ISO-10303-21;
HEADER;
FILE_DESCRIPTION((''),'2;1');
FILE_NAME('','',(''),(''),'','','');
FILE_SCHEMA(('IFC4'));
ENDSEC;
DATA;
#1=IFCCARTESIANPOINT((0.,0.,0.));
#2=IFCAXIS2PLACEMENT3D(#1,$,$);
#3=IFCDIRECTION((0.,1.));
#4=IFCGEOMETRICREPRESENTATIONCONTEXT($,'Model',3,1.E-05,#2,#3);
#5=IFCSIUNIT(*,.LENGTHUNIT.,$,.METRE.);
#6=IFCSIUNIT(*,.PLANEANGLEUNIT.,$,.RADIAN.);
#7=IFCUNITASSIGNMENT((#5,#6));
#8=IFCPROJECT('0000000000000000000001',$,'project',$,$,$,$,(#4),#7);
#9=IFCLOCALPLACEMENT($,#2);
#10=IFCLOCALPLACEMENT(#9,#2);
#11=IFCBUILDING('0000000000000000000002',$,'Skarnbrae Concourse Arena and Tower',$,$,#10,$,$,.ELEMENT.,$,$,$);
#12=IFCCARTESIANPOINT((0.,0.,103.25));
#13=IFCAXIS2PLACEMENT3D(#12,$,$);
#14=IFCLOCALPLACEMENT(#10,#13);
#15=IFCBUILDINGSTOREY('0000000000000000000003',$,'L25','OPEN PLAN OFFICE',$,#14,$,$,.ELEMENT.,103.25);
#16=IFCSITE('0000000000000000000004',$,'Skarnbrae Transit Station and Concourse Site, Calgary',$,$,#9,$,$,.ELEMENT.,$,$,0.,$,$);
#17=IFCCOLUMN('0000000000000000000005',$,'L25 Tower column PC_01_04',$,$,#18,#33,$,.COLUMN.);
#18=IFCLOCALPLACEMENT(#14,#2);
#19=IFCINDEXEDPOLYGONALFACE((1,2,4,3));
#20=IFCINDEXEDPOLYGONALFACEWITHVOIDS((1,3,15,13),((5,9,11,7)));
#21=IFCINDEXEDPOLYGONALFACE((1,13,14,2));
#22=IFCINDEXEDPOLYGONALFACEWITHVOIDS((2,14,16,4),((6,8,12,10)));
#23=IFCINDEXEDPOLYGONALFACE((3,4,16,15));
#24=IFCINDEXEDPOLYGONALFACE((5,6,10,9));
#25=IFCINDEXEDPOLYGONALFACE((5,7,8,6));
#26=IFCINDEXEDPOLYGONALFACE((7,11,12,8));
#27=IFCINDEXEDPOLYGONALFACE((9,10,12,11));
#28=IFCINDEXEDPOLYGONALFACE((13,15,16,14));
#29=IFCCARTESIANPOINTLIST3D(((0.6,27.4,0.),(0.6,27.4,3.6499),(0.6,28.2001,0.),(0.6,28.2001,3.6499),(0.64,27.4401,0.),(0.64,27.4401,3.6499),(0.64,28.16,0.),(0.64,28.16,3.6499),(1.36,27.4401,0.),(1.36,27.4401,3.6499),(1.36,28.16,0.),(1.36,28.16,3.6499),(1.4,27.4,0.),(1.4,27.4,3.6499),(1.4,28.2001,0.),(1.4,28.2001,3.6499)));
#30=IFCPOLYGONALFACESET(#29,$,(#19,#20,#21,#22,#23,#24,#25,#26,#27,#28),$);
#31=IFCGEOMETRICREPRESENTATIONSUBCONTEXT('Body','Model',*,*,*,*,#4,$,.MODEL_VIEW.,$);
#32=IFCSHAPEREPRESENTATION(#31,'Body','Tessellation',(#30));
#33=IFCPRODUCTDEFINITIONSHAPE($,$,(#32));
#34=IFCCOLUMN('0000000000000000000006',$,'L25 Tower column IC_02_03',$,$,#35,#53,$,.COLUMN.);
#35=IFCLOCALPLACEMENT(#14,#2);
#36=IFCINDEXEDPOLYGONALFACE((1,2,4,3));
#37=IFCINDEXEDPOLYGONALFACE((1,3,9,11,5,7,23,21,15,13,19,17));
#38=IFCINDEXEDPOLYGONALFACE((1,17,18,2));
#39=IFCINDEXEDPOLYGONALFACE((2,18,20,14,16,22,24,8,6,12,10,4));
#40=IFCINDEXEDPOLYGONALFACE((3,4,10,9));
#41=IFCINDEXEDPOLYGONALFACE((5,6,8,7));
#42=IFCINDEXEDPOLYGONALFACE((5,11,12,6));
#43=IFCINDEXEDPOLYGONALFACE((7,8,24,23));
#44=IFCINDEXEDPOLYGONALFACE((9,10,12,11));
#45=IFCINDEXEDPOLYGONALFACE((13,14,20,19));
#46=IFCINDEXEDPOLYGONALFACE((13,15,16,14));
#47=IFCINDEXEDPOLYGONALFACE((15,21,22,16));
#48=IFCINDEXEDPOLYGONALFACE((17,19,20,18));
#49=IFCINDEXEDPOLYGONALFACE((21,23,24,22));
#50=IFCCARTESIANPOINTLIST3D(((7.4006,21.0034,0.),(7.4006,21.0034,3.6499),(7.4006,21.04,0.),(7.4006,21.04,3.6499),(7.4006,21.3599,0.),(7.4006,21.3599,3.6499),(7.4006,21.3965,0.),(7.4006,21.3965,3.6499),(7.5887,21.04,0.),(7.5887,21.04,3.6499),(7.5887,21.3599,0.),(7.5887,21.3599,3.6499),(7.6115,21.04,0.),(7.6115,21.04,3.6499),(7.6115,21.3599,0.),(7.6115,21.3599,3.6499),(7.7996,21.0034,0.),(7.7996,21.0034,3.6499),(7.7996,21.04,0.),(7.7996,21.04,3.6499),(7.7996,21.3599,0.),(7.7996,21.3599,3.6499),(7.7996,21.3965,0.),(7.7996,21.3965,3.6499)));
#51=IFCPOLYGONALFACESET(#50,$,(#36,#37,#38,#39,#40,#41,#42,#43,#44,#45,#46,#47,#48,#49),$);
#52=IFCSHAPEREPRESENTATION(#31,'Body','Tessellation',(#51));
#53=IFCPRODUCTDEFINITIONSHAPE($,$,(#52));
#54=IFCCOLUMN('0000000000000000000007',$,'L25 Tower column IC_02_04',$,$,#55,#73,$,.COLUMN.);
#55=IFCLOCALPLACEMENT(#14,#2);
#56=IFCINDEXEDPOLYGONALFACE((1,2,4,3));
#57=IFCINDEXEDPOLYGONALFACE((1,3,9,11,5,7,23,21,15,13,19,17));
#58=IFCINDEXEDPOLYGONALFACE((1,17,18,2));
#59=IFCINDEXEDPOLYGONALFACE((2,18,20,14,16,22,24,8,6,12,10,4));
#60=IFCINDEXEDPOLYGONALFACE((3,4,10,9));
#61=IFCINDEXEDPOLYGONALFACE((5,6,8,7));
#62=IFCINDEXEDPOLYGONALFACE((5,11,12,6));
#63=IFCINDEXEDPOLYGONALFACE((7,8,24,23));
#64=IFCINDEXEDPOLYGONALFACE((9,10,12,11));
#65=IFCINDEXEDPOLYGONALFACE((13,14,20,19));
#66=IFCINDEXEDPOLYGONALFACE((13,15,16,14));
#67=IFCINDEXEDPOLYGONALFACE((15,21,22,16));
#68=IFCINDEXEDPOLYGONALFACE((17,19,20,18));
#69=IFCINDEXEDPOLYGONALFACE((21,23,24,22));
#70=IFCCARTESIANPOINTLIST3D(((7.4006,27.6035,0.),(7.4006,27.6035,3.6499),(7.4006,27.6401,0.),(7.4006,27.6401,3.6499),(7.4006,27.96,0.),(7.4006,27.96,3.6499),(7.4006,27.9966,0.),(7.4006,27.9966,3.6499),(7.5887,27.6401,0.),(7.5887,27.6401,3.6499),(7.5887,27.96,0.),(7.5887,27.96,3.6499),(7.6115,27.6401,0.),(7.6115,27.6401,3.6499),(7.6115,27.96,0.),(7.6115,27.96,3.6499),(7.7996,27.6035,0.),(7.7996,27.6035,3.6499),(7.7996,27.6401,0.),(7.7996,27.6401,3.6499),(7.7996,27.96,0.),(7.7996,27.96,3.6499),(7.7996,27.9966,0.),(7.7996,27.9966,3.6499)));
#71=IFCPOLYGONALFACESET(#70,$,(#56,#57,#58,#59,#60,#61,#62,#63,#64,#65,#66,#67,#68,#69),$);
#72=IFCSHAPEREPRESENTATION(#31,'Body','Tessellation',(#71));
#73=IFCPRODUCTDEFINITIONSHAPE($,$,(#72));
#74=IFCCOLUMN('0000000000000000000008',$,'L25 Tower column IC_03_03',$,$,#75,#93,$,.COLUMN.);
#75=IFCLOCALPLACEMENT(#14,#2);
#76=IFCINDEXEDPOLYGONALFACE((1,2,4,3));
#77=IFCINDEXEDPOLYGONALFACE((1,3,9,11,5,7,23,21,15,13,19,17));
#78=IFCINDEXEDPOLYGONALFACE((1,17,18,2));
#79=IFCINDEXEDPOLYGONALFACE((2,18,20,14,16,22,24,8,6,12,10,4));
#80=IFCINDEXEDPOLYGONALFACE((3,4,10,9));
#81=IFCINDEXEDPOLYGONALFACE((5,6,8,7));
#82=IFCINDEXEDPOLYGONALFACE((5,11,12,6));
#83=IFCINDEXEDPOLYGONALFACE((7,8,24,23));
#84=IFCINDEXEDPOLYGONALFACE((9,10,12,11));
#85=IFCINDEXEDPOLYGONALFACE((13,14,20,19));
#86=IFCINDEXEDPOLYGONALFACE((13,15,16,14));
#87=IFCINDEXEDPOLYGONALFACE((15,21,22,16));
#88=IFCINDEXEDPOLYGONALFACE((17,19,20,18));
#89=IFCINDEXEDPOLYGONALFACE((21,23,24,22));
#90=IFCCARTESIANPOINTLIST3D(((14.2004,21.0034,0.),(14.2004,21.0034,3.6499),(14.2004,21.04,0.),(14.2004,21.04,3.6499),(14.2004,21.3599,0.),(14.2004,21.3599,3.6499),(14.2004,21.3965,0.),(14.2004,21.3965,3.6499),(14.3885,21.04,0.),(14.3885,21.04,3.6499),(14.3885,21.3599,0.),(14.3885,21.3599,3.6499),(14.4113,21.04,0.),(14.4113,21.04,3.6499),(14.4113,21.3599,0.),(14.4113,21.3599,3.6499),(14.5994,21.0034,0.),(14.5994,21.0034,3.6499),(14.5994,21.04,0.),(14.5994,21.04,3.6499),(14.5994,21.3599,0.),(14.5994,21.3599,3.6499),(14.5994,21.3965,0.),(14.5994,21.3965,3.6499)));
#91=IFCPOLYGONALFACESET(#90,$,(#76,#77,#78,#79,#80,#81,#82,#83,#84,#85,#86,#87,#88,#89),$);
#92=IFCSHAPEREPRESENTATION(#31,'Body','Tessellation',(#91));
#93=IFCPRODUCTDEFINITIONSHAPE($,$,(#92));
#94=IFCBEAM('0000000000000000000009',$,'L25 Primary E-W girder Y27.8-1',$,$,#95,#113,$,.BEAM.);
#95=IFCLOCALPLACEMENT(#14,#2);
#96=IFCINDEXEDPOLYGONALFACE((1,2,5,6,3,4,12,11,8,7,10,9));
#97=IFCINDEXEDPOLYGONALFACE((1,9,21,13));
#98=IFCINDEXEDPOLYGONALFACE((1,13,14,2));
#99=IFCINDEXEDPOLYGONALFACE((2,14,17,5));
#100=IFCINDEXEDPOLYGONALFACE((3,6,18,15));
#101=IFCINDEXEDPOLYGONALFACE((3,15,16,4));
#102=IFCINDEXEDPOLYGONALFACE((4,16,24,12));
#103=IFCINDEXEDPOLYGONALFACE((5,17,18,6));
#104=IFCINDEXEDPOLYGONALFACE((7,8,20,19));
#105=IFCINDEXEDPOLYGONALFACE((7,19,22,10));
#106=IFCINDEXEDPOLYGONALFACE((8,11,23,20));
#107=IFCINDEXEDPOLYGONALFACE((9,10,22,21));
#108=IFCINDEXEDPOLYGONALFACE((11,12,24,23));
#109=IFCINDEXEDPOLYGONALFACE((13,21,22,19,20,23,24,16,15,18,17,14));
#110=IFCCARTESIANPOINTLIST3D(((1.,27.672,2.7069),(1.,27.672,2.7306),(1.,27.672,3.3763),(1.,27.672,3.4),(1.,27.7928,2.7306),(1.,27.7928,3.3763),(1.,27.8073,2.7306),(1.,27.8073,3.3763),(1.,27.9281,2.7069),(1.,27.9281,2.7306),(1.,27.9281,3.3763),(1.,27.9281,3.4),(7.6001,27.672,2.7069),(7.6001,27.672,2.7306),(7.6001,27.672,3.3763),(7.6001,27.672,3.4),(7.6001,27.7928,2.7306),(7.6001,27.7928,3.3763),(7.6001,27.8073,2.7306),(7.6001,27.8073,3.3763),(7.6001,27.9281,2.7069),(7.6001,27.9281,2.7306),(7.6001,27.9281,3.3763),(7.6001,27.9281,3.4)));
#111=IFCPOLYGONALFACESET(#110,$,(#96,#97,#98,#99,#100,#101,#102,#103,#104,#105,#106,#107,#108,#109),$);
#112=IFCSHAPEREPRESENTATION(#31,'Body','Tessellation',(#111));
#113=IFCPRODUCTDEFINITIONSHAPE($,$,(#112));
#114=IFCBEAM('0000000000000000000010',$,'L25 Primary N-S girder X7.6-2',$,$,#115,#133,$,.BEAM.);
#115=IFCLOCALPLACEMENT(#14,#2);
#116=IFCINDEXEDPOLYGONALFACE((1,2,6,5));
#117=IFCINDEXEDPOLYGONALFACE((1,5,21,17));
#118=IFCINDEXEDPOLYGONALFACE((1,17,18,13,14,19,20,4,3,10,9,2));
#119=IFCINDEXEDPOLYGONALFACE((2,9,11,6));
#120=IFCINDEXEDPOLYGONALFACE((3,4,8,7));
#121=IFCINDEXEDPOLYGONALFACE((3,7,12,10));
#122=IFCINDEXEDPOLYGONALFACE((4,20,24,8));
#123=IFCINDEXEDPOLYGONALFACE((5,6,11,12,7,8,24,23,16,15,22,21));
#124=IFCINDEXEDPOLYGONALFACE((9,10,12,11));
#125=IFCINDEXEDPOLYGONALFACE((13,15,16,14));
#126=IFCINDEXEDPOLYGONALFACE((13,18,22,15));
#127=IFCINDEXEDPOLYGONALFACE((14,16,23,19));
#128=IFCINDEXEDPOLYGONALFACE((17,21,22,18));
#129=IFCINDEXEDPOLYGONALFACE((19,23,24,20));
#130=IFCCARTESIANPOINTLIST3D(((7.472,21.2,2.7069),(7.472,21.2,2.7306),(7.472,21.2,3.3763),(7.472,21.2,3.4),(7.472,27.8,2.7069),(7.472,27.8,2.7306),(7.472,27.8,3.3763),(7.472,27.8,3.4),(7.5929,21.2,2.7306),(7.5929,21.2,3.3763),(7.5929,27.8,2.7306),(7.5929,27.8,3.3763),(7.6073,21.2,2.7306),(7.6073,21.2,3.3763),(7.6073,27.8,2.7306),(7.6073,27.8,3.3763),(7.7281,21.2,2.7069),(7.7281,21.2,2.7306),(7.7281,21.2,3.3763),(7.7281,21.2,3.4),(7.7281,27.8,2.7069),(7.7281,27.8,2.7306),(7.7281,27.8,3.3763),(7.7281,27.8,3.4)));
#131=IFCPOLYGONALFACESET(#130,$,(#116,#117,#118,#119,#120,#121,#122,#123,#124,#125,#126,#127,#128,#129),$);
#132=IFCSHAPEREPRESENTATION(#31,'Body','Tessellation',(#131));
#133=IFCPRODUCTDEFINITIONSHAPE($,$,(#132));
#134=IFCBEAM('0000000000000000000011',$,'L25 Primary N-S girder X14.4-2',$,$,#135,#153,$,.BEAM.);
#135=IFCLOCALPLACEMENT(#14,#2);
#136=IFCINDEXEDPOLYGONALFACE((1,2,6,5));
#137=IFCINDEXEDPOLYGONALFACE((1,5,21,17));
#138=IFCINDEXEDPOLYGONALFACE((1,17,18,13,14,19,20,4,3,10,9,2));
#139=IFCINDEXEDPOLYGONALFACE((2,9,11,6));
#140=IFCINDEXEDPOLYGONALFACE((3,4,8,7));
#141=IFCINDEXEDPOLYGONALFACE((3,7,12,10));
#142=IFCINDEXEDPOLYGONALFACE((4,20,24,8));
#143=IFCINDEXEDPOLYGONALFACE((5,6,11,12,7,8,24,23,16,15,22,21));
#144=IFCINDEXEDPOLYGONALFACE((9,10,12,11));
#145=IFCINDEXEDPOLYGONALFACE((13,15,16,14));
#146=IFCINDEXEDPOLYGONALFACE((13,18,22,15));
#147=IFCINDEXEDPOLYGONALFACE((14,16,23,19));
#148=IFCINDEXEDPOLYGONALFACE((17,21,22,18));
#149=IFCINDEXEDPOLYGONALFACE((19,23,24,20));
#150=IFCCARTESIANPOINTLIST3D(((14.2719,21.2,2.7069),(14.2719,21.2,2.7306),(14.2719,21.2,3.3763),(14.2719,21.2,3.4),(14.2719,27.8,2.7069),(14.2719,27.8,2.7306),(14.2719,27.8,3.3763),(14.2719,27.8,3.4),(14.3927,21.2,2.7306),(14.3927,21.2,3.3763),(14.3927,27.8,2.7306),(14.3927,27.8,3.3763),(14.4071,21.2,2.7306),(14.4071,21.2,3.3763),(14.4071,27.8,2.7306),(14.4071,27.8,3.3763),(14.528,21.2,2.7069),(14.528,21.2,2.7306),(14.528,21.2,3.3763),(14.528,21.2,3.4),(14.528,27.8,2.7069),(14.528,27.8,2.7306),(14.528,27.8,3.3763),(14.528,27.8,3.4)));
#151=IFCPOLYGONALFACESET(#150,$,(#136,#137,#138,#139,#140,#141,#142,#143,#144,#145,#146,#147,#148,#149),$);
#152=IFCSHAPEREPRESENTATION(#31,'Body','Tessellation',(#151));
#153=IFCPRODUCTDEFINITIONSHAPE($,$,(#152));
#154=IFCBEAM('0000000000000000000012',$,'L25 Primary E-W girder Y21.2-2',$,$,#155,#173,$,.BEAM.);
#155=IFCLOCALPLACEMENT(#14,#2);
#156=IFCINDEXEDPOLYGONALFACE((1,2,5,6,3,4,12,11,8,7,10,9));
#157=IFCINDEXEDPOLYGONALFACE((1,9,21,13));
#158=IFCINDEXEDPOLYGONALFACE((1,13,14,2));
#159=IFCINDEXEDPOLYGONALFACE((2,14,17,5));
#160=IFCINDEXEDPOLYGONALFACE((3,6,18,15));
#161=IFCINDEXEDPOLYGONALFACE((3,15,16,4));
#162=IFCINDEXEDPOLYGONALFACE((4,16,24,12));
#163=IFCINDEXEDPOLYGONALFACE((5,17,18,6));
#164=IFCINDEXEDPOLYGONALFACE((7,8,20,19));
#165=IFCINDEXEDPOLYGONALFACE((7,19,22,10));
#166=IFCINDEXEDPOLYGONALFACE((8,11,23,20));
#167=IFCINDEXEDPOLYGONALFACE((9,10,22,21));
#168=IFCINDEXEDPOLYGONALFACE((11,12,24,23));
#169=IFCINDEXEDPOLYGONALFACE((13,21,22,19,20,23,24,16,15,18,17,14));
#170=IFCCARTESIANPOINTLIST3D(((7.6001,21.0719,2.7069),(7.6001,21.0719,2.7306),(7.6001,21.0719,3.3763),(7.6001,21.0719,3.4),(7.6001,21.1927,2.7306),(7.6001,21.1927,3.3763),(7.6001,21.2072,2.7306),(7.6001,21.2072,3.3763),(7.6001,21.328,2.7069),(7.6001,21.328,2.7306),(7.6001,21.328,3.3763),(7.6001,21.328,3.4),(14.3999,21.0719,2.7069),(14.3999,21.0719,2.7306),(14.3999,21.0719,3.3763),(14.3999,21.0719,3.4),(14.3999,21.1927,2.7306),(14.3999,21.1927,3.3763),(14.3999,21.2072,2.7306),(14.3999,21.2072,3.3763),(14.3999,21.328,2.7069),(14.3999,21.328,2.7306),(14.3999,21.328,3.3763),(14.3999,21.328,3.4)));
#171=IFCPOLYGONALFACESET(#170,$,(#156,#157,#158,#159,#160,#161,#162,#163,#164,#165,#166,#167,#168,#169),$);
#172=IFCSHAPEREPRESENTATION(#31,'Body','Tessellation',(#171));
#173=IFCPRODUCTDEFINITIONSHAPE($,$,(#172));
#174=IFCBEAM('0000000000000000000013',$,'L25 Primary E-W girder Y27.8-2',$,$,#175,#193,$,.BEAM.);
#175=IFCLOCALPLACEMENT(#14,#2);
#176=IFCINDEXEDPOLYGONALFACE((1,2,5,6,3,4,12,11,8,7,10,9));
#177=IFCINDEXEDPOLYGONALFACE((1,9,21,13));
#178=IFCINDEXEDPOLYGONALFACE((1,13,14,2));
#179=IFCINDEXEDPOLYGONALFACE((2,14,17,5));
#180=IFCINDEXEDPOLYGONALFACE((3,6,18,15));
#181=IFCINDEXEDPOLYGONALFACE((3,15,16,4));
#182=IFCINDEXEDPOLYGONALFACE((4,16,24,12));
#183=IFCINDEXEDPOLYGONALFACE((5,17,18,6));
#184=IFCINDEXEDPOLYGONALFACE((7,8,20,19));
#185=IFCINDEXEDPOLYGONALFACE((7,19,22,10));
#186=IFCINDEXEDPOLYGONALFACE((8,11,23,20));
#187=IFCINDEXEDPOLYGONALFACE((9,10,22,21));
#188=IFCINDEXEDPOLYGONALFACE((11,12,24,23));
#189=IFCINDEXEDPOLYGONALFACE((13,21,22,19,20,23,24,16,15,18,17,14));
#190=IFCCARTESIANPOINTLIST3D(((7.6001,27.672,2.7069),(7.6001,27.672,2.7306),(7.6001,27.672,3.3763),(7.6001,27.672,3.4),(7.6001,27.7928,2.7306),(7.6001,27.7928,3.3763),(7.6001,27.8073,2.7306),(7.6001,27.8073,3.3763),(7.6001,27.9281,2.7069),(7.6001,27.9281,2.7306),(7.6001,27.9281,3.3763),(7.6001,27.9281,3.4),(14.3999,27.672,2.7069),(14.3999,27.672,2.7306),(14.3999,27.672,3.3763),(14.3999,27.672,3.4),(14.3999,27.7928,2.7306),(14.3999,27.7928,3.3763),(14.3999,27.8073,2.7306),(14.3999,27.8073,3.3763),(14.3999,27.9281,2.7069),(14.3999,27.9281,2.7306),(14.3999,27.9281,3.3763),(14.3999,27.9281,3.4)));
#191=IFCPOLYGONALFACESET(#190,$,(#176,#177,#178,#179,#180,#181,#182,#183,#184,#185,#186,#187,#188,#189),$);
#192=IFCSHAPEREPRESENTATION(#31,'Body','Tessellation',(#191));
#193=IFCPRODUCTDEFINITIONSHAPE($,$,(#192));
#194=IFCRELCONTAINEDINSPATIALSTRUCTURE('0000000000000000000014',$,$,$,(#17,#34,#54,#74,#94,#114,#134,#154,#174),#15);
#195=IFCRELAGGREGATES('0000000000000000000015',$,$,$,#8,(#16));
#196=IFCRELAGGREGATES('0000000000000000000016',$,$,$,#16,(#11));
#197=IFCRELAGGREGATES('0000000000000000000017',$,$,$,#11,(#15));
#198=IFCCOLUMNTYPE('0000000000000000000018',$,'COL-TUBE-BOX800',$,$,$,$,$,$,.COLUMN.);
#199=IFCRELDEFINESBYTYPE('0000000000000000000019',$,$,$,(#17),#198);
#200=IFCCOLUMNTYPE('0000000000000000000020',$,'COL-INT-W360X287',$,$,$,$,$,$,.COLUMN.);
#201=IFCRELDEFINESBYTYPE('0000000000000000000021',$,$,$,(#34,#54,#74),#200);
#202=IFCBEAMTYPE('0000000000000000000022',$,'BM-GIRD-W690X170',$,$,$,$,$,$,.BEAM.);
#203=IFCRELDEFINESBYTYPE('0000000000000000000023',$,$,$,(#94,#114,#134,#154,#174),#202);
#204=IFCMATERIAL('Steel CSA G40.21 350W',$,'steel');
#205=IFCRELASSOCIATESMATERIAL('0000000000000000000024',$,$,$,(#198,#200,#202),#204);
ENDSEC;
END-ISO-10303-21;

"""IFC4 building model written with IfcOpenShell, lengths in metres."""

from ifc_helpers import new_model, si_unit, direction, frame, origin, origin_2d, place, context, subcontext, project, spatial, hollow_rectangle, i_section, extrude, source, transform, mapped, material, material_profile, profile_set, type_object, element, save


model = new_model("IFC4")

# Units and contexts
model_context = context("Model", 3, precision=1e-05, world=origin(), true_north=direction((0.0, 1.0)))
body_context = subcontext(model_context, "Body", "Model", "MODEL_VIEW")
ifc_project = project(units=[si_unit("LENGTHUNIT", "METRE"), si_unit("PLANEANGLEUNIT", "RADIAN")], contexts=[model_context])

# Site, building, storey
site_placement = place(None, origin())
site = spatial("IfcSite", under=ifc_project, at=site_placement, Name="Skarnbrae Transit Station and Concourse Site, Calgary", CompositionType="ELEMENT", RefElevation=0.0)
building_placement = place(site_placement, origin())
building = spatial("IfcBuilding", under=site, at=building_placement, Name="Skarnbrae Concourse Arena and Tower", CompositionType="ELEMENT")
storey_placement = place(building_placement, frame((0.0, 0.0, 103.25)))
storey = spatial("IfcBuildingStorey", under=building, at=storey_placement, Name="L25", Description="OPEN PLAN OFFICE", CompositionType="ELEMENT", Elevation=103.25)

# Columns
ifc_material_1 = material(Name="Steel CSA G40.21 350W", Category="steel")
ifc_material_profile_1 = material_profile(ifc_material_1, hollow_rectangle(XDim=0.8, YDim=0.8, WallThickness=0.04, at=origin_2d()), Name="BOX800X800X40")
ifc_profile_set_1 = profile_set([ifc_material_profile_1], Name="Steel CSA G40.21 350W")
column_type_1 = type_object("IfcColumnType", Name="COL-TUBE-BOX800", PredefinedType="COLUMN", material=ifc_profile_set_1)
shared_shape_1 = source(origin(), body_context, "Body", "SweptSolid", [
    extrude(hollow_rectangle(XDim=0.8, YDim=0.8, WallThickness=0.04, at=origin_2d()), origin(), (0.0, 0.0, 1.0), 3.6499),
])
column_placement = place(storey_placement, frame((1.0, 27.8, 0.0), z_axis=(0.0, 0.0, 1.0), x_axis=(1.0, 0.0, 0.0)))
element("IfcColumn", 1, at=column_placement, inside=storey, type_object=column_type_1, Name="L25 Tower column PC_01_04", PredefinedType="COLUMN", context=body_context, shape_type="MappedRepresentation", body=[
    mapped(shared_shape_1, transform((0.0, 0.0, 0.0))),
])
ifc_material_profile_2 = material_profile(ifc_material_1, i_section(OverallWidth=0.3989, OverallDepth=0.3931, WebThickness=0.0227, FlangeThickness=0.0366, at=origin_2d()), Name="W360X287")
ifc_profile_set_2 = profile_set([ifc_material_profile_2], Name="Steel CSA G40.21 350W")
column_type_2 = type_object("IfcColumnType", Name="COL-INT-W360X287", PredefinedType="COLUMN", material=ifc_profile_set_2)
shared_shape_2 = source(origin(), body_context, "Body", "SweptSolid", [
    extrude(i_section(OverallWidth=0.3989, OverallDepth=0.3931, WebThickness=0.0227, FlangeThickness=0.0366, at=origin_2d()), origin(), (0.0, 0.0, 1.0), 3.6499),
])
for number, where, z_axis, x_axis, name in (
    (2, (7.6001, 21.2, 0.0), (0.0, 0.0, 1.0), (1.0, 0.0, 0.0), "L25 Tower column IC_02_03"),
    (3, (7.6001, 27.8, 0.0), (0.0, 0.0, 1.0), (1.0, 0.0, 0.0), "L25 Tower column IC_02_04"),
    (4, (14.3999, 21.2, 0.0), (0.0, 0.0, 1.0), (1.0, 0.0, 0.0), "L25 Tower column IC_03_03"),
):
    element("IfcColumn", number, at=place(storey_placement, frame(where, z_axis=z_axis, x_axis=x_axis)), inside=storey, type_object=column_type_2, Name=name, PredefinedType="COLUMN", context=body_context, shape_type="MappedRepresentation", body=[
        mapped(shared_shape_2, transform((0.0, 0.0, 0.0))),
    ])

# Beams
ifc_material_profile_3 = material_profile(ifc_material_1, i_section(OverallWidth=0.2561, OverallDepth=0.6931, WebThickness=0.0144, FlangeThickness=0.0237, at=origin_2d()), Name="W690X170")
ifc_profile_set_3 = profile_set([ifc_material_profile_3], Name="Steel CSA G40.21 350W")
beam_type_1 = type_object("IfcBeamType", Name="BM-GIRD-W690X170", PredefinedType="BEAM", material=ifc_profile_set_3)
shared_shape_3 = source(origin(), body_context, "Body", "SweptSolid", [
    extrude(i_section(OverallWidth=0.2561, OverallDepth=0.6931, WebThickness=0.0144, FlangeThickness=0.0237, at=origin_2d()), origin(), (0.0, 0.0, 1.0), 6.6001),
])
for number, where, z_axis, x_axis, name in (
    (5, (1.0, 27.8, 3.0535), (1.0, 0.0, 0.0), (0.0, 1.0, 0.0), "L25 Primary E-W girder Y27.8-1"),
    (6, (7.6001, 21.2, 3.0535), (0.0, 1.0, 0.0), (-1.0, 0.0, 0.0), "L25 Primary N-S girder X7.6-2"),
    (7, (14.3999, 21.2, 3.0535), (0.0, 1.0, 0.0), (-1.0, 0.0, 0.0), "L25 Primary N-S girder X14.4-2"),
):
    element("IfcBeam", number, at=place(storey_placement, frame(where, z_axis=z_axis, x_axis=x_axis)), inside=storey, type_object=beam_type_1, Name=name, PredefinedType="BEAM", context=body_context, shape_type="MappedRepresentation", body=[
        mapped(shared_shape_3, transform((0.0, 0.0, 0.0))),
    ])
shared_shape_4 = source(origin(), body_context, "Body", "SweptSolid", [
    extrude(i_section(OverallWidth=0.2561, OverallDepth=0.6931, WebThickness=0.0144, FlangeThickness=0.0237, at=origin_2d()), origin(), (0.0, 0.0, 1.0), 6.7998),
])
for number, where, z_axis, x_axis, name in (
    (8, (7.6001, 21.2, 3.0535), (1.0, 0.0, 0.0), (0.0, 1.0, 0.0), "L25 Primary E-W girder Y21.2-2"),
    (9, (7.6001, 27.8, 3.0535), (1.0, 0.0, 0.0), (0.0, 1.0, 0.0), "L25 Primary E-W girder Y27.8-2"),
):
    element("IfcBeam", number, at=place(storey_placement, frame(where, z_axis=z_axis, x_axis=x_axis)), inside=storey, type_object=beam_type_1, Name=name, PredefinedType="BEAM", context=body_context, shape_type="MappedRepresentation", body=[
        mapped(shared_shape_4, transform((0.0, 0.0, 0.0))),
    ])

save(model, "model.ifc")
